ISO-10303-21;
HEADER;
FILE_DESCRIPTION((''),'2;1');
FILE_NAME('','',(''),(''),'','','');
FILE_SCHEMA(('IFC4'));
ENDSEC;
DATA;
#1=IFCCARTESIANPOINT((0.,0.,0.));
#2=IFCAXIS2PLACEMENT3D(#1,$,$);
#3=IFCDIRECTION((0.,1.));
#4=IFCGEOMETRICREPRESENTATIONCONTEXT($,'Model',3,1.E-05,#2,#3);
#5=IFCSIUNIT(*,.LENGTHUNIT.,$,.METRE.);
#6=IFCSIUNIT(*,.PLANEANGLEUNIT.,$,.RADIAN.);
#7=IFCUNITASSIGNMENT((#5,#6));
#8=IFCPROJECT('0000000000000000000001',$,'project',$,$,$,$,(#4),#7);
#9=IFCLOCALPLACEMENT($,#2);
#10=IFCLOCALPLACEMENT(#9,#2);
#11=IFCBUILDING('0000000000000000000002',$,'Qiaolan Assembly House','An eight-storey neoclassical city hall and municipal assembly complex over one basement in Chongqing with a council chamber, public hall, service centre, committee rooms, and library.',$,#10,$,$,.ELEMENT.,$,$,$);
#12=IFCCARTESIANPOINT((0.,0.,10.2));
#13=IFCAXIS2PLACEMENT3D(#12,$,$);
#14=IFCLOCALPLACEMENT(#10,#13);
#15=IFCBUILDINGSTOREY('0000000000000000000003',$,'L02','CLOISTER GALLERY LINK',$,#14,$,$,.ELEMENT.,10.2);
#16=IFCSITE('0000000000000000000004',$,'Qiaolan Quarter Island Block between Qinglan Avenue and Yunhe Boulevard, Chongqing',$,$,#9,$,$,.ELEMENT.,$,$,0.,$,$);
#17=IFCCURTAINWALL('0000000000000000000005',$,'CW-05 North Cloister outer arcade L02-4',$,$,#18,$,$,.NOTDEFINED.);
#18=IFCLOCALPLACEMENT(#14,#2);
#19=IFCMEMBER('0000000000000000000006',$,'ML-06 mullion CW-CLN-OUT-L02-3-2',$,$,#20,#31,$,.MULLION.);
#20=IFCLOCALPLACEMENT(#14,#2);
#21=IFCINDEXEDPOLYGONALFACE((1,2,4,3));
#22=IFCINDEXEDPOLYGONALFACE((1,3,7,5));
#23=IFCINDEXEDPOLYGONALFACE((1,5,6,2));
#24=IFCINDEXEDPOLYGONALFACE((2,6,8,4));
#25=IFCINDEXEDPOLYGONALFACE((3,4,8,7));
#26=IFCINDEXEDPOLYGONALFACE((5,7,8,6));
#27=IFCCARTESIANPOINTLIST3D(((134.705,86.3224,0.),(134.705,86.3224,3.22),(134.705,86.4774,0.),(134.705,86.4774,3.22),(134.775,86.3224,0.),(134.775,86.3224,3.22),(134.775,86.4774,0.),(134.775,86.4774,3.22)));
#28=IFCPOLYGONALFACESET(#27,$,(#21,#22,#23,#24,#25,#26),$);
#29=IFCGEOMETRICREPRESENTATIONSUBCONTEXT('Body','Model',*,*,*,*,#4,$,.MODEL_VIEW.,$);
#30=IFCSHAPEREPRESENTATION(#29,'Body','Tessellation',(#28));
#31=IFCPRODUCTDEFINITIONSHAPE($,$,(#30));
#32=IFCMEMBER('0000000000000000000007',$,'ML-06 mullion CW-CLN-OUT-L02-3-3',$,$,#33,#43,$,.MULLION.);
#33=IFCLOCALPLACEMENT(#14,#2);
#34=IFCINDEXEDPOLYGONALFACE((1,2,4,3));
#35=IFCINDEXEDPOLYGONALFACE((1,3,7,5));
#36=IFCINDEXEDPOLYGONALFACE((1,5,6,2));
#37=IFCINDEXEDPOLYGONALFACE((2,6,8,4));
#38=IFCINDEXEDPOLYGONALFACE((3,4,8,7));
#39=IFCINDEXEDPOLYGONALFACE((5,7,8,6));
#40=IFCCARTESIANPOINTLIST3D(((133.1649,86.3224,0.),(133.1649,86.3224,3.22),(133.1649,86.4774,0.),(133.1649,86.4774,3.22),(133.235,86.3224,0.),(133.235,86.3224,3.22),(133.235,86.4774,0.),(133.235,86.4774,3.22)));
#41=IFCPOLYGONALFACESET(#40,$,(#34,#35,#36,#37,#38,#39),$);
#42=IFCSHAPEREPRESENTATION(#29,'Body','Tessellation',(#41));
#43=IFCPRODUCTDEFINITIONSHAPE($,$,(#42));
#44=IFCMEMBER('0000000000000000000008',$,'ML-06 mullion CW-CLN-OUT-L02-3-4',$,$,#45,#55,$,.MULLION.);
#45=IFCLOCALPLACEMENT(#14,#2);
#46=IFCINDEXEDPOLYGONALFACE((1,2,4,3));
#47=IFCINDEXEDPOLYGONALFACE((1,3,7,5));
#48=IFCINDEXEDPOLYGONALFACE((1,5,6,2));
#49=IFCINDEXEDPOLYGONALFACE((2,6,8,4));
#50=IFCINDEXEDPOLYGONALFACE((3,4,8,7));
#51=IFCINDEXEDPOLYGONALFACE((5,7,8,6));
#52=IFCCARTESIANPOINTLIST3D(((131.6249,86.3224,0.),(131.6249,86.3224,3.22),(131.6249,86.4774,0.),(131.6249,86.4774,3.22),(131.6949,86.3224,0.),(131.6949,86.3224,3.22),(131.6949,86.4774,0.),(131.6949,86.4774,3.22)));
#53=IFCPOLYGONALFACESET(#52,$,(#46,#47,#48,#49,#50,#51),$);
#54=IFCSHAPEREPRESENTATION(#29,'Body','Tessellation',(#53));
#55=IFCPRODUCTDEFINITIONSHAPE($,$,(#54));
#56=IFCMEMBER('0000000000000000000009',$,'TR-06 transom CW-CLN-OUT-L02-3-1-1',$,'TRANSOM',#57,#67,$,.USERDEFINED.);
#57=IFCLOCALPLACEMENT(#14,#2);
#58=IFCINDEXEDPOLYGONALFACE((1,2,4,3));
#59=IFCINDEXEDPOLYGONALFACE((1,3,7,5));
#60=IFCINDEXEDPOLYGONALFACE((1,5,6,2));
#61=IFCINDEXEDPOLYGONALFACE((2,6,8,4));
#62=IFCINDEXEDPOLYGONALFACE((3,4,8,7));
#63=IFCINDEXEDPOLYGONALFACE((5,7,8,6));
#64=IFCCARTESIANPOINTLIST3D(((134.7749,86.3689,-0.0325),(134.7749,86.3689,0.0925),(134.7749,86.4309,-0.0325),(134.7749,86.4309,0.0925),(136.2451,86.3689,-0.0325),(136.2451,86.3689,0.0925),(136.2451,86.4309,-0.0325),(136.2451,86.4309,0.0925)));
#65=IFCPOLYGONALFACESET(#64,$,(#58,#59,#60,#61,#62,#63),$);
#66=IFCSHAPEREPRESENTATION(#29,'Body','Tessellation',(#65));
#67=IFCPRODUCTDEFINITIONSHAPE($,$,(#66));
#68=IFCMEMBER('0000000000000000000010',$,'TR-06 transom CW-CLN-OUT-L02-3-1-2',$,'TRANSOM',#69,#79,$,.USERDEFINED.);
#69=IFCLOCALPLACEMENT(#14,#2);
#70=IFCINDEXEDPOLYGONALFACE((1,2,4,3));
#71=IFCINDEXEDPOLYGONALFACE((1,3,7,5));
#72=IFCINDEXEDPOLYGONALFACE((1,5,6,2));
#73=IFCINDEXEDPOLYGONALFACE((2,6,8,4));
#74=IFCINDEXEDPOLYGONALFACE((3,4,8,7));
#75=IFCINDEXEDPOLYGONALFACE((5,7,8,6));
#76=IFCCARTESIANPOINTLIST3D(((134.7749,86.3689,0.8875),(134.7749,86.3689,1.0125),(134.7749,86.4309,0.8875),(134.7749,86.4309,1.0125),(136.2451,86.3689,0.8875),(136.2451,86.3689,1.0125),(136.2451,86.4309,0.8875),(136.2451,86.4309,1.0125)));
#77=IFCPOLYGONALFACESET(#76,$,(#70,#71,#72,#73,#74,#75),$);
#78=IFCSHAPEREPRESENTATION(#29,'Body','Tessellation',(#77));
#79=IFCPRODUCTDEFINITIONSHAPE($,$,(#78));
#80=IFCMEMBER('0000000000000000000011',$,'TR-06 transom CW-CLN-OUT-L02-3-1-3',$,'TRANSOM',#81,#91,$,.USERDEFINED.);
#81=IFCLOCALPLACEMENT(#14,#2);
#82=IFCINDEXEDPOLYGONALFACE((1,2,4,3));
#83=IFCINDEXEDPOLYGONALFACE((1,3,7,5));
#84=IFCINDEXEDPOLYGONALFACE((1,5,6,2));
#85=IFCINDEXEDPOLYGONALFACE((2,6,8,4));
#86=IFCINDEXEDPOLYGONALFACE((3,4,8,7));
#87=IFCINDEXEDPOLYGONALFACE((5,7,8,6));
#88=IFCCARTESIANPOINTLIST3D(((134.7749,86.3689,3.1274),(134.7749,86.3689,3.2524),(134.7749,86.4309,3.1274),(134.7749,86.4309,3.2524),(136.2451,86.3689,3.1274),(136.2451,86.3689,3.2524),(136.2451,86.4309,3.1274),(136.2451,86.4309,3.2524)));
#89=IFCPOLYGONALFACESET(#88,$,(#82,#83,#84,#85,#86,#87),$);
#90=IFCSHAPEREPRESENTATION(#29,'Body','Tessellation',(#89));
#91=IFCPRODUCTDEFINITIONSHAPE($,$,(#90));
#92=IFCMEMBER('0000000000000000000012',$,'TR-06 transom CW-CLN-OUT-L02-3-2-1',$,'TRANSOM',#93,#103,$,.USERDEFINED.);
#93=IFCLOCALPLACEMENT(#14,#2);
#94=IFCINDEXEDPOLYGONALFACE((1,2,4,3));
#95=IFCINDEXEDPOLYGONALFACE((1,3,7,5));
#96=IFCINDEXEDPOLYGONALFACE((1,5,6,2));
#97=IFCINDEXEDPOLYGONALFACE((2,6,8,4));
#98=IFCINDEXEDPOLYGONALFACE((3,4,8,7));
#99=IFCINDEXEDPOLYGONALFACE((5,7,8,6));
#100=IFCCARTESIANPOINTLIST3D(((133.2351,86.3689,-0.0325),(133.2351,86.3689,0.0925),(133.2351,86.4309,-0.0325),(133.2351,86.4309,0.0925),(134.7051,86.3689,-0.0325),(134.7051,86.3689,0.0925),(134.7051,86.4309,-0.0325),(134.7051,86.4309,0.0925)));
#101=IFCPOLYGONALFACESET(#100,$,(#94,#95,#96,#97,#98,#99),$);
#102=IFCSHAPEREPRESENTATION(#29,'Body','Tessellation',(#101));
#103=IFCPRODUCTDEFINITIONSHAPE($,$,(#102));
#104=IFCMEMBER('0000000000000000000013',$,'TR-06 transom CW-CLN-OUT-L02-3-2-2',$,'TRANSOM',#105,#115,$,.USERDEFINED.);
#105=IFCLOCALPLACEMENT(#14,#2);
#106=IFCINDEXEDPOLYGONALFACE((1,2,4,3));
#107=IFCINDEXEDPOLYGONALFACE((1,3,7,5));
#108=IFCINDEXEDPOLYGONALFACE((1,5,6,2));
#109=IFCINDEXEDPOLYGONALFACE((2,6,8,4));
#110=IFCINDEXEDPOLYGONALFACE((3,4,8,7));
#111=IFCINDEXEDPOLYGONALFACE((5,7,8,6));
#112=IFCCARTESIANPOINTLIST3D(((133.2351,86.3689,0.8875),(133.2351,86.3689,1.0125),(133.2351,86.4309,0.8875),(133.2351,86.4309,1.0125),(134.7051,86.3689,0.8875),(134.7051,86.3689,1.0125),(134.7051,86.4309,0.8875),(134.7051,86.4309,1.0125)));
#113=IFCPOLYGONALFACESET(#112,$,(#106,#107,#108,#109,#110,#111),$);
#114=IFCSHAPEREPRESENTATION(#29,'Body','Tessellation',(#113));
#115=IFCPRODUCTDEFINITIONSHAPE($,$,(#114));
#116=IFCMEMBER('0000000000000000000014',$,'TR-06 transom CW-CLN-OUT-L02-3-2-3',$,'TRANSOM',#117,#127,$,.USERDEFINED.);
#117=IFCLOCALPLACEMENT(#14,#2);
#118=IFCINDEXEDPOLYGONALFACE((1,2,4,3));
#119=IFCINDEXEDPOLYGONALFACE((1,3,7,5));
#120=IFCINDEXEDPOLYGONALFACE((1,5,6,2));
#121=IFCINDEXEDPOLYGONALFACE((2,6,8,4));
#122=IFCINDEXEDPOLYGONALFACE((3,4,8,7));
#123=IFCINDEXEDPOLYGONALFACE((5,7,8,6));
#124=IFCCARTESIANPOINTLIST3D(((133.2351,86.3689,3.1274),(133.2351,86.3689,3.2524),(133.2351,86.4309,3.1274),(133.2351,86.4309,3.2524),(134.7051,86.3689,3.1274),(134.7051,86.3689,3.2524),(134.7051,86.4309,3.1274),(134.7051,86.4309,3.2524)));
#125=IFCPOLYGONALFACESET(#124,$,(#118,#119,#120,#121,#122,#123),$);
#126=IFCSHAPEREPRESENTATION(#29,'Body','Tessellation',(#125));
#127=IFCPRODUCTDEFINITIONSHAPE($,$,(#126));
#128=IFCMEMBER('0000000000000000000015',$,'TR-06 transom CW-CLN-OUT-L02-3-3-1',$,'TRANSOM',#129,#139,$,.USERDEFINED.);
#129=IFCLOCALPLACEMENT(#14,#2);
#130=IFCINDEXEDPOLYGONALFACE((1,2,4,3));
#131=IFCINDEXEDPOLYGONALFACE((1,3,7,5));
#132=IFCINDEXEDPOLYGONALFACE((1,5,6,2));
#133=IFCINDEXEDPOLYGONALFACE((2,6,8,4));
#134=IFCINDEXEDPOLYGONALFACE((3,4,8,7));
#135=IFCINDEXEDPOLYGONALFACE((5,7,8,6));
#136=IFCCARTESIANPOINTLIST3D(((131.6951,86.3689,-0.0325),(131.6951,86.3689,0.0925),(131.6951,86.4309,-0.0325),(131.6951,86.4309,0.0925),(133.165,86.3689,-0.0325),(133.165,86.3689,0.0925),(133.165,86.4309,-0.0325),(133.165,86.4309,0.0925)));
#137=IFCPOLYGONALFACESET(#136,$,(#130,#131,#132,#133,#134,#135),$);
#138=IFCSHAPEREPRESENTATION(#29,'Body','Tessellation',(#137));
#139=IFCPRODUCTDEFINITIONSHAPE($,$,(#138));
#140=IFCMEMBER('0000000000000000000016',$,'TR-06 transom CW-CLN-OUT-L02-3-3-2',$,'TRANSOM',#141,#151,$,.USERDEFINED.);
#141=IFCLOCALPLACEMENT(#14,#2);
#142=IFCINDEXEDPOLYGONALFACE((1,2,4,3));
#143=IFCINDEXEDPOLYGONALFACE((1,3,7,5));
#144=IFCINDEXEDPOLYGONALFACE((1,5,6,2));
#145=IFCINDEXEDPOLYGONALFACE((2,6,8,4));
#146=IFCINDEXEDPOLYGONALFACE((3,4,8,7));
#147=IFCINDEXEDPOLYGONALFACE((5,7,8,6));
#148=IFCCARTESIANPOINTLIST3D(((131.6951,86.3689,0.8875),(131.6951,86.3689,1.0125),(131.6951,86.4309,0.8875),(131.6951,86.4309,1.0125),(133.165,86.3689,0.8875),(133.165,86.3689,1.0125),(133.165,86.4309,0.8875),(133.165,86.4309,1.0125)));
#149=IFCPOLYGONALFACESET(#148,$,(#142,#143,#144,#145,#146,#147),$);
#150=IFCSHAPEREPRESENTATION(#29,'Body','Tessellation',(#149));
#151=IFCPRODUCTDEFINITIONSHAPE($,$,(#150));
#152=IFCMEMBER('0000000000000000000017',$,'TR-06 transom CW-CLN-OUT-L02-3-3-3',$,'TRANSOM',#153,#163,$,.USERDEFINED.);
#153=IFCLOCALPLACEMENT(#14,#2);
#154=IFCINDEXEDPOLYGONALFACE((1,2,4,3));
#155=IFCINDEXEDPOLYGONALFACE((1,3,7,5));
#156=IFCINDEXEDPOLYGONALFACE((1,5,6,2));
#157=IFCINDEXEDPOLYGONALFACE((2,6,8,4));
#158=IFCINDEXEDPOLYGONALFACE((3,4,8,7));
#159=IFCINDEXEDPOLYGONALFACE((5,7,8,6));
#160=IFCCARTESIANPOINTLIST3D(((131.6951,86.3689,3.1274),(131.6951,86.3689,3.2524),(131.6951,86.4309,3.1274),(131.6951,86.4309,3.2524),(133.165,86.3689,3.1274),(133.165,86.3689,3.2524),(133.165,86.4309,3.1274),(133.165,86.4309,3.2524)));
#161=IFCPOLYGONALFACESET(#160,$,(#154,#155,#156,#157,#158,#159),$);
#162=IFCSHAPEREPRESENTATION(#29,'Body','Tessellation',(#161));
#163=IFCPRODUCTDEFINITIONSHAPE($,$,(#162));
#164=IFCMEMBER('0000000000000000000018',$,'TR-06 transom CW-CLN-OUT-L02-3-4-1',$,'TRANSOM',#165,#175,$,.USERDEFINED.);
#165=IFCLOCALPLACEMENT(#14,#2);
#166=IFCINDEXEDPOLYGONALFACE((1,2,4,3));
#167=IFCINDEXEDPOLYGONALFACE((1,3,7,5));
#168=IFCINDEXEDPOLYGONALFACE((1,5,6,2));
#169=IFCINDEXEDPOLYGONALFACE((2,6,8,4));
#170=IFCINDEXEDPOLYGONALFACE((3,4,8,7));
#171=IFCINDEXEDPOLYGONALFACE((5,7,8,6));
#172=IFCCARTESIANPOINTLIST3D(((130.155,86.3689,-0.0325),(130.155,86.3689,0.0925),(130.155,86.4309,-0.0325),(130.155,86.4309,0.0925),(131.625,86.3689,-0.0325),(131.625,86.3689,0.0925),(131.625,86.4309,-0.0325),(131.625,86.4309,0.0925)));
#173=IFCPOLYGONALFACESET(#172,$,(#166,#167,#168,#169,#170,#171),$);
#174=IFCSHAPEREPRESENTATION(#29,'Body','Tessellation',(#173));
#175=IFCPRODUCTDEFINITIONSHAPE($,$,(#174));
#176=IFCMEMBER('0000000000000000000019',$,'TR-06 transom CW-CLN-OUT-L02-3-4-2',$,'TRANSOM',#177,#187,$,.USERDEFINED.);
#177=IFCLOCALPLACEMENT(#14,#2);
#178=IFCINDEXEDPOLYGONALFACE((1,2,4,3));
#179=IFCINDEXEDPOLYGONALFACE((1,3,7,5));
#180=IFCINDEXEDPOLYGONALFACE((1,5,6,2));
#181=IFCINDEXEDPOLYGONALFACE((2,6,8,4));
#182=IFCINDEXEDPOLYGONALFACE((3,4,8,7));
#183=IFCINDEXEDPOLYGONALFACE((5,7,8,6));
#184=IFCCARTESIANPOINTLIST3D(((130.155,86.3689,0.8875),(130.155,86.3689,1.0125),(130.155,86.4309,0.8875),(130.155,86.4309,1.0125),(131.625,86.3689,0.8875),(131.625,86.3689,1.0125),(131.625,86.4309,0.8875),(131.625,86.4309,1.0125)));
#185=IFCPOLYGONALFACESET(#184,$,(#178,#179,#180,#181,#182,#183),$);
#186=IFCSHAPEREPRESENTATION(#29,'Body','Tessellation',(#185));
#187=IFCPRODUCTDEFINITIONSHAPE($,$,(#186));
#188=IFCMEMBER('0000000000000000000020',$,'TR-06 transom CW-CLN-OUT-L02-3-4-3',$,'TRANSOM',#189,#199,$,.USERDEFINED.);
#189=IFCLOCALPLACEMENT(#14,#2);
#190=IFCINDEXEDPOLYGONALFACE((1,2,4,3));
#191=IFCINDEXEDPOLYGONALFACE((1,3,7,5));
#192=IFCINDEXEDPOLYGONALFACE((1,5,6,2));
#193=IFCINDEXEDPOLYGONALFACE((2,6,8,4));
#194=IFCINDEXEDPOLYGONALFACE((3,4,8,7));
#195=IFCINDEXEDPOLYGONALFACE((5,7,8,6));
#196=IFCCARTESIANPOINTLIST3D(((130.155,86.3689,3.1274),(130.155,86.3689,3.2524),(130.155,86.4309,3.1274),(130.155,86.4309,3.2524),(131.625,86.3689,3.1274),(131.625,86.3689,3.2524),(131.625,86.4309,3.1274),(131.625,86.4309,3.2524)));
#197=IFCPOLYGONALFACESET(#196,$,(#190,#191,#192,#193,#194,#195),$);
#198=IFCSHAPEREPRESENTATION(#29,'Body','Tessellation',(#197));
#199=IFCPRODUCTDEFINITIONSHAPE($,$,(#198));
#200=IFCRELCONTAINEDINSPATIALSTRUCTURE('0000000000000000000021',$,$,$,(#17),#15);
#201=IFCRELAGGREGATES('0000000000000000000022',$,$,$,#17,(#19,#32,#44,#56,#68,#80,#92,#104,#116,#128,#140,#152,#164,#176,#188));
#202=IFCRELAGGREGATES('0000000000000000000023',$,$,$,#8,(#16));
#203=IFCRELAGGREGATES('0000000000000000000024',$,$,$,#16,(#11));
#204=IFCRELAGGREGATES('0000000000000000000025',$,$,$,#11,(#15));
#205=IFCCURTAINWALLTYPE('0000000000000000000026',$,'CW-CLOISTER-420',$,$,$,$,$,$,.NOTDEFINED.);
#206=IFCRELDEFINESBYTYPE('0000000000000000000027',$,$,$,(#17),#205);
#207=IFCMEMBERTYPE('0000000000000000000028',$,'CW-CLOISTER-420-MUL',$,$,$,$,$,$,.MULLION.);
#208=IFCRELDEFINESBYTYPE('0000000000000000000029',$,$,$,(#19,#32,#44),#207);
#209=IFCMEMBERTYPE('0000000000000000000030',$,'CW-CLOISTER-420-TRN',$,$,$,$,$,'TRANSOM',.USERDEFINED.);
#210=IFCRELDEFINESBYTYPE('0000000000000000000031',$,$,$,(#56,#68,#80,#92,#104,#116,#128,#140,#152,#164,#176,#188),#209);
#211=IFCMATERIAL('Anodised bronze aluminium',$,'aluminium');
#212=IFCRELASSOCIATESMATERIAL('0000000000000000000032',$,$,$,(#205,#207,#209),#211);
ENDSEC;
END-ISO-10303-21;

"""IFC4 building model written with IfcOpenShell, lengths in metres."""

from ifc_helpers import new_model, si_unit, direction, frame, origin, origin_2d, place, context, subcontext, project, spatial, rectangle, extrude, material, material_profile, profile_set, type_object, element, aggregate, save


model = new_model("IFC4")

# Units and contexts
model_context = context("Model", 3, precision=1e-05, world=origin(), true_north=direction((0.0, 1.0)))
body_context = subcontext(model_context, "Body", "Model", "MODEL_VIEW")
ifc_project = project(units=[si_unit("LENGTHUNIT", "METRE"), si_unit("PLANEANGLEUNIT", "RADIAN")], contexts=[model_context])

# Site, building, storey
site_placement = place(None, origin())
site = spatial("IfcSite", under=ifc_project, at=site_placement, Name="Qiaolan Quarter Island Block between Qinglan Avenue and Yunhe Boulevard, Chongqing", CompositionType="ELEMENT", RefElevation=0.0)
building_placement = place(site_placement, origin())
building = spatial("IfcBuilding", under=site, at=building_placement, Name="Qiaolan Assembly House", Description="An eight-storey neoclassical city hall and municipal assembly complex over one basement in Chongqing with a council chamber, public hall, service centre, committee rooms, and library.", CompositionType="ELEMENT")
storey_placement = place(building_placement, frame((0.0, 0.0, 10.2)))
storey = spatial("IfcBuildingStorey", under=building, at=storey_placement, Name="L02", Description="CLOISTER GALLERY LINK", CompositionType="ELEMENT", Elevation=10.2)

# Curtain wall, members
ifc_material_1 = material(Name="Anodised bronze aluminium", Category="aluminium")
curtain_wall_type = type_object("IfcCurtainWallType", Name="CW-CLOISTER-420", PredefinedType="NOTDEFINED", material=ifc_material_1)
curtain_wall_placement = place(storey_placement, origin())
curtain_wall = element("IfcCurtainWall", 1, at=curtain_wall_placement, inside=storey, type_object=curtain_wall_type, Name="CW-05 North Cloister outer arcade L02-4", PredefinedType="NOTDEFINED")
ifc_material_profile_1 = material_profile(ifc_material_1, rectangle(XDim=0.0701, YDim=0.155, at=origin_2d()), Name="MUL 70x155")
ifc_profile_set_1 = profile_set([ifc_material_profile_1], Name="Anodised bronze aluminium")
member_type_1 = type_object("IfcMemberType", Name="CW-CLOISTER-420-MUL", PredefinedType="MULLION", material=ifc_profile_set_1)
member_1_placement = place(storey_placement, frame((134.74, 86.3999, 0.0), z_axis=(0.0, 0.0, 1.0), x_axis=(-1.0, 0.0, 0.0)))
member_1 = element("IfcMember", 2, at=member_1_placement, type_object=member_type_1, Name="ML-06 mullion CW-CLN-OUT-L02-3-2", PredefinedType="MULLION", context=body_context, shape_type="SweptSolid", body=[
    extrude(rectangle(XDim=0.0701, YDim=0.155, at=origin_2d()), origin(), (0.0, 0.0, 1.0), 3.22),
])
member_2_placement = place(storey_placement, frame((133.2, 86.3999, 0.0), z_axis=(0.0, 0.0, 1.0), x_axis=(-1.0, 0.0, 0.0)))
member_2 = element("IfcMember", 3, at=member_2_placement, type_object=member_type_1, Name="ML-06 mullion CW-CLN-OUT-L02-3-3", PredefinedType="MULLION", context=body_context, shape_type="SweptSolid", body=[
    extrude(rectangle(XDim=0.0701, YDim=0.155, at=origin_2d()), origin(), (0.0, 0.0, 1.0), 3.22),
])
member_3_placement = place(storey_placement, frame((131.6599, 86.3999, 0.0), z_axis=(0.0, 0.0, 1.0), x_axis=(-1.0, 0.0, 0.0)))
member_3 = element("IfcMember", 4, at=member_3_placement, type_object=member_type_1, Name="ML-06 mullion CW-CLN-OUT-L02-3-4", PredefinedType="MULLION", context=body_context, shape_type="SweptSolid", body=[
    extrude(rectangle(XDim=0.0701, YDim=0.155, at=origin_2d()), origin(), (0.0, 0.0, 1.0), 3.22),
])
ifc_material_profile_2 = material_profile(ifc_material_1, rectangle(XDim=0.062, YDim=0.125, at=origin_2d()), Name="TRN 62x125")
ifc_profile_set_2 = profile_set([ifc_material_profile_2], Name="Anodised bronze aluminium")
member_type_2 = type_object("IfcMemberType", Name="CW-CLOISTER-420-TRN", ElementType="TRANSOM", PredefinedType="USERDEFINED", material=ifc_profile_set_2)
member_4_placement = place(storey_placement, frame((136.2451, 86.3999, 0.03), z_axis=(-1.0, 0.0, 0.0), x_axis=(0.0, -1.0, 0.0)))
member_4 = element("IfcMember", 5, at=member_4_placement, type_object=member_type_2, Name="TR-06 transom CW-CLN-OUT-L02-3-1-1", ObjectType="TRANSOM", PredefinedType="USERDEFINED", context=body_context, shape_type="SweptSolid", body=[
    extrude(rectangle(XDim=0.062, YDim=0.125, at=origin_2d()), origin(), (0.0, 0.0, 1.0), 1.4702),
])
member_5_placement = place(storey_placement, frame((136.2451, 86.3999, 0.95), z_axis=(-1.0, 0.0, 0.0), x_axis=(0.0, -1.0, 0.0)))
member_5 = element("IfcMember", 6, at=member_5_placement, type_object=member_type_2, Name="TR-06 transom CW-CLN-OUT-L02-3-1-2", ObjectType="TRANSOM", PredefinedType="USERDEFINED", context=body_context, shape_type="SweptSolid", body=[
    extrude(rectangle(XDim=0.062, YDim=0.125, at=origin_2d()), origin(), (0.0, 0.0, 1.0), 1.4702),
])
member_6_placement = place(storey_placement, frame((136.2451, 86.3999, 3.1899), z_axis=(-1.0, 0.0, 0.0), x_axis=(0.0, -1.0, 0.0)))
member_6 = element("IfcMember", 7, at=member_6_placement, type_object=member_type_2, Name="TR-06 transom CW-CLN-OUT-L02-3-1-3", ObjectType="TRANSOM", PredefinedType="USERDEFINED", context=body_context, shape_type="SweptSolid", body=[
    extrude(rectangle(XDim=0.062, YDim=0.125, at=origin_2d()), origin(), (0.0, 0.0, 1.0), 1.4702),
])
member_7_placement = place(storey_placement, frame((134.7051, 86.3999, 0.03), z_axis=(-1.0, 0.0, 0.0), x_axis=(0.0, -1.0, 0.0)))
member_7 = element("IfcMember", 8, at=member_7_placement, type_object=member_type_2, Name="TR-06 transom CW-CLN-OUT-L02-3-2-1", ObjectType="TRANSOM", PredefinedType="USERDEFINED", context=body_context, shape_type="SweptSolid", body=[
    extrude(rectangle(XDim=0.062, YDim=0.125, at=origin_2d()), origin(), (0.0, 0.0, 1.0), 1.47),
])
member_8_placement = place(storey_placement, frame((134.7051, 86.3999, 0.95), z_axis=(-1.0, 0.0, 0.0), x_axis=(0.0, -1.0, 0.0)))
member_8 = element("IfcMember", 9, at=member_8_placement, type_object=member_type_2, Name="TR-06 transom CW-CLN-OUT-L02-3-2-2", ObjectType="TRANSOM", PredefinedType="USERDEFINED", context=body_context, shape_type="SweptSolid", body=[
    extrude(rectangle(XDim=0.062, YDim=0.125, at=origin_2d()), origin(), (0.0, 0.0, 1.0), 1.47),
])
member_9_placement = place(storey_placement, frame((134.7051, 86.3999, 3.1899), z_axis=(-1.0, 0.0, 0.0), x_axis=(0.0, -1.0, 0.0)))
member_9 = element("IfcMember", 10, at=member_9_placement, type_object=member_type_2, Name="TR-06 transom CW-CLN-OUT-L02-3-2-3", ObjectType="TRANSOM", PredefinedType="USERDEFINED", context=body_context, shape_type="SweptSolid", body=[
    extrude(rectangle(XDim=0.062, YDim=0.125, at=origin_2d()), origin(), (0.0, 0.0, 1.0), 1.47),
])
member_10_placement = place(storey_placement, frame((133.165, 86.3999, 0.03), z_axis=(-1.0, 0.0, 0.0), x_axis=(0.0, -1.0, 0.0)))
member_10 = element("IfcMember", 11, at=member_10_placement, type_object=member_type_2, Name="TR-06 transom CW-CLN-OUT-L02-3-3-1", ObjectType="TRANSOM", PredefinedType="USERDEFINED", context=body_context, shape_type="SweptSolid", body=[
    extrude(rectangle(XDim=0.062, YDim=0.125, at=origin_2d()), origin(), (0.0, 0.0, 1.0), 1.47),
])
member_11_placement = place(storey_placement, frame((133.165, 86.3999, 0.95), z_axis=(-1.0, 0.0, 0.0), x_axis=(0.0, -1.0, 0.0)))
member_11 = element("IfcMember", 12, at=member_11_placement, type_object=member_type_2, Name="TR-06 transom CW-CLN-OUT-L02-3-3-2", ObjectType="TRANSOM", PredefinedType="USERDEFINED", context=body_context, shape_type="SweptSolid", body=[
    extrude(rectangle(XDim=0.062, YDim=0.125, at=origin_2d()), origin(), (0.0, 0.0, 1.0), 1.47),
])
member_12_placement = place(storey_placement, frame((133.165, 86.3999, 3.1899), z_axis=(-1.0, 0.0, 0.0), x_axis=(0.0, -1.0, 0.0)))
member_12 = element("IfcMember", 13, at=member_12_placement, type_object=member_type_2, Name="TR-06 transom CW-CLN-OUT-L02-3-3-3", ObjectType="TRANSOM", PredefinedType="USERDEFINED", context=body_context, shape_type="SweptSolid", body=[
    extrude(rectangle(XDim=0.062, YDim=0.125, at=origin_2d()), origin(), (0.0, 0.0, 1.0), 1.47),
])
member_13_placement = place(storey_placement, frame((131.625, 86.3999, 0.03), z_axis=(-1.0, 0.0, 0.0), x_axis=(0.0, -1.0, 0.0)))
member_13 = element("IfcMember", 14, at=member_13_placement, type_object=member_type_2, Name="TR-06 transom CW-CLN-OUT-L02-3-4-1", ObjectType="TRANSOM", PredefinedType="USERDEFINED", context=body_context, shape_type="SweptSolid", body=[
    extrude(rectangle(XDim=0.062, YDim=0.125, at=origin_2d()), origin(), (0.0, 0.0, 1.0), 1.47),
])
member_14_placement = place(storey_placement, frame((131.625, 86.3999, 0.95), z_axis=(-1.0, 0.0, 0.0), x_axis=(0.0, -1.0, 0.0)))
member_14 = element("IfcMember", 15, at=member_14_placement, type_object=member_type_2, Name="TR-06 transom CW-CLN-OUT-L02-3-4-2", ObjectType="TRANSOM", PredefinedType="USERDEFINED", context=body_context, shape_type="SweptSolid", body=[
    extrude(rectangle(XDim=0.062, YDim=0.125, at=origin_2d()), origin(), (0.0, 0.0, 1.0), 1.47),
])
member_15_placement = place(storey_placement, frame((131.625, 86.3999, 3.1899), z_axis=(-1.0, 0.0, 0.0), x_axis=(0.0, -1.0, 0.0)))
member_15 = element("IfcMember", 16, at=member_15_placement, type_object=member_type_2, Name="TR-06 transom CW-CLN-OUT-L02-3-4-3", ObjectType="TRANSOM", PredefinedType="USERDEFINED", context=body_context, shape_type="SweptSolid", body=[
    extrude(rectangle(XDim=0.062, YDim=0.125, at=origin_2d()), origin(), (0.0, 0.0, 1.0), 1.47),
])

aggregate(curtain_wall, [member_1, member_2, member_3, member_4, member_5, member_6, member_7, member_8, member_9, member_10, member_11, member_12, member_13, member_14, member_15])

save(model, "model.ifc")
